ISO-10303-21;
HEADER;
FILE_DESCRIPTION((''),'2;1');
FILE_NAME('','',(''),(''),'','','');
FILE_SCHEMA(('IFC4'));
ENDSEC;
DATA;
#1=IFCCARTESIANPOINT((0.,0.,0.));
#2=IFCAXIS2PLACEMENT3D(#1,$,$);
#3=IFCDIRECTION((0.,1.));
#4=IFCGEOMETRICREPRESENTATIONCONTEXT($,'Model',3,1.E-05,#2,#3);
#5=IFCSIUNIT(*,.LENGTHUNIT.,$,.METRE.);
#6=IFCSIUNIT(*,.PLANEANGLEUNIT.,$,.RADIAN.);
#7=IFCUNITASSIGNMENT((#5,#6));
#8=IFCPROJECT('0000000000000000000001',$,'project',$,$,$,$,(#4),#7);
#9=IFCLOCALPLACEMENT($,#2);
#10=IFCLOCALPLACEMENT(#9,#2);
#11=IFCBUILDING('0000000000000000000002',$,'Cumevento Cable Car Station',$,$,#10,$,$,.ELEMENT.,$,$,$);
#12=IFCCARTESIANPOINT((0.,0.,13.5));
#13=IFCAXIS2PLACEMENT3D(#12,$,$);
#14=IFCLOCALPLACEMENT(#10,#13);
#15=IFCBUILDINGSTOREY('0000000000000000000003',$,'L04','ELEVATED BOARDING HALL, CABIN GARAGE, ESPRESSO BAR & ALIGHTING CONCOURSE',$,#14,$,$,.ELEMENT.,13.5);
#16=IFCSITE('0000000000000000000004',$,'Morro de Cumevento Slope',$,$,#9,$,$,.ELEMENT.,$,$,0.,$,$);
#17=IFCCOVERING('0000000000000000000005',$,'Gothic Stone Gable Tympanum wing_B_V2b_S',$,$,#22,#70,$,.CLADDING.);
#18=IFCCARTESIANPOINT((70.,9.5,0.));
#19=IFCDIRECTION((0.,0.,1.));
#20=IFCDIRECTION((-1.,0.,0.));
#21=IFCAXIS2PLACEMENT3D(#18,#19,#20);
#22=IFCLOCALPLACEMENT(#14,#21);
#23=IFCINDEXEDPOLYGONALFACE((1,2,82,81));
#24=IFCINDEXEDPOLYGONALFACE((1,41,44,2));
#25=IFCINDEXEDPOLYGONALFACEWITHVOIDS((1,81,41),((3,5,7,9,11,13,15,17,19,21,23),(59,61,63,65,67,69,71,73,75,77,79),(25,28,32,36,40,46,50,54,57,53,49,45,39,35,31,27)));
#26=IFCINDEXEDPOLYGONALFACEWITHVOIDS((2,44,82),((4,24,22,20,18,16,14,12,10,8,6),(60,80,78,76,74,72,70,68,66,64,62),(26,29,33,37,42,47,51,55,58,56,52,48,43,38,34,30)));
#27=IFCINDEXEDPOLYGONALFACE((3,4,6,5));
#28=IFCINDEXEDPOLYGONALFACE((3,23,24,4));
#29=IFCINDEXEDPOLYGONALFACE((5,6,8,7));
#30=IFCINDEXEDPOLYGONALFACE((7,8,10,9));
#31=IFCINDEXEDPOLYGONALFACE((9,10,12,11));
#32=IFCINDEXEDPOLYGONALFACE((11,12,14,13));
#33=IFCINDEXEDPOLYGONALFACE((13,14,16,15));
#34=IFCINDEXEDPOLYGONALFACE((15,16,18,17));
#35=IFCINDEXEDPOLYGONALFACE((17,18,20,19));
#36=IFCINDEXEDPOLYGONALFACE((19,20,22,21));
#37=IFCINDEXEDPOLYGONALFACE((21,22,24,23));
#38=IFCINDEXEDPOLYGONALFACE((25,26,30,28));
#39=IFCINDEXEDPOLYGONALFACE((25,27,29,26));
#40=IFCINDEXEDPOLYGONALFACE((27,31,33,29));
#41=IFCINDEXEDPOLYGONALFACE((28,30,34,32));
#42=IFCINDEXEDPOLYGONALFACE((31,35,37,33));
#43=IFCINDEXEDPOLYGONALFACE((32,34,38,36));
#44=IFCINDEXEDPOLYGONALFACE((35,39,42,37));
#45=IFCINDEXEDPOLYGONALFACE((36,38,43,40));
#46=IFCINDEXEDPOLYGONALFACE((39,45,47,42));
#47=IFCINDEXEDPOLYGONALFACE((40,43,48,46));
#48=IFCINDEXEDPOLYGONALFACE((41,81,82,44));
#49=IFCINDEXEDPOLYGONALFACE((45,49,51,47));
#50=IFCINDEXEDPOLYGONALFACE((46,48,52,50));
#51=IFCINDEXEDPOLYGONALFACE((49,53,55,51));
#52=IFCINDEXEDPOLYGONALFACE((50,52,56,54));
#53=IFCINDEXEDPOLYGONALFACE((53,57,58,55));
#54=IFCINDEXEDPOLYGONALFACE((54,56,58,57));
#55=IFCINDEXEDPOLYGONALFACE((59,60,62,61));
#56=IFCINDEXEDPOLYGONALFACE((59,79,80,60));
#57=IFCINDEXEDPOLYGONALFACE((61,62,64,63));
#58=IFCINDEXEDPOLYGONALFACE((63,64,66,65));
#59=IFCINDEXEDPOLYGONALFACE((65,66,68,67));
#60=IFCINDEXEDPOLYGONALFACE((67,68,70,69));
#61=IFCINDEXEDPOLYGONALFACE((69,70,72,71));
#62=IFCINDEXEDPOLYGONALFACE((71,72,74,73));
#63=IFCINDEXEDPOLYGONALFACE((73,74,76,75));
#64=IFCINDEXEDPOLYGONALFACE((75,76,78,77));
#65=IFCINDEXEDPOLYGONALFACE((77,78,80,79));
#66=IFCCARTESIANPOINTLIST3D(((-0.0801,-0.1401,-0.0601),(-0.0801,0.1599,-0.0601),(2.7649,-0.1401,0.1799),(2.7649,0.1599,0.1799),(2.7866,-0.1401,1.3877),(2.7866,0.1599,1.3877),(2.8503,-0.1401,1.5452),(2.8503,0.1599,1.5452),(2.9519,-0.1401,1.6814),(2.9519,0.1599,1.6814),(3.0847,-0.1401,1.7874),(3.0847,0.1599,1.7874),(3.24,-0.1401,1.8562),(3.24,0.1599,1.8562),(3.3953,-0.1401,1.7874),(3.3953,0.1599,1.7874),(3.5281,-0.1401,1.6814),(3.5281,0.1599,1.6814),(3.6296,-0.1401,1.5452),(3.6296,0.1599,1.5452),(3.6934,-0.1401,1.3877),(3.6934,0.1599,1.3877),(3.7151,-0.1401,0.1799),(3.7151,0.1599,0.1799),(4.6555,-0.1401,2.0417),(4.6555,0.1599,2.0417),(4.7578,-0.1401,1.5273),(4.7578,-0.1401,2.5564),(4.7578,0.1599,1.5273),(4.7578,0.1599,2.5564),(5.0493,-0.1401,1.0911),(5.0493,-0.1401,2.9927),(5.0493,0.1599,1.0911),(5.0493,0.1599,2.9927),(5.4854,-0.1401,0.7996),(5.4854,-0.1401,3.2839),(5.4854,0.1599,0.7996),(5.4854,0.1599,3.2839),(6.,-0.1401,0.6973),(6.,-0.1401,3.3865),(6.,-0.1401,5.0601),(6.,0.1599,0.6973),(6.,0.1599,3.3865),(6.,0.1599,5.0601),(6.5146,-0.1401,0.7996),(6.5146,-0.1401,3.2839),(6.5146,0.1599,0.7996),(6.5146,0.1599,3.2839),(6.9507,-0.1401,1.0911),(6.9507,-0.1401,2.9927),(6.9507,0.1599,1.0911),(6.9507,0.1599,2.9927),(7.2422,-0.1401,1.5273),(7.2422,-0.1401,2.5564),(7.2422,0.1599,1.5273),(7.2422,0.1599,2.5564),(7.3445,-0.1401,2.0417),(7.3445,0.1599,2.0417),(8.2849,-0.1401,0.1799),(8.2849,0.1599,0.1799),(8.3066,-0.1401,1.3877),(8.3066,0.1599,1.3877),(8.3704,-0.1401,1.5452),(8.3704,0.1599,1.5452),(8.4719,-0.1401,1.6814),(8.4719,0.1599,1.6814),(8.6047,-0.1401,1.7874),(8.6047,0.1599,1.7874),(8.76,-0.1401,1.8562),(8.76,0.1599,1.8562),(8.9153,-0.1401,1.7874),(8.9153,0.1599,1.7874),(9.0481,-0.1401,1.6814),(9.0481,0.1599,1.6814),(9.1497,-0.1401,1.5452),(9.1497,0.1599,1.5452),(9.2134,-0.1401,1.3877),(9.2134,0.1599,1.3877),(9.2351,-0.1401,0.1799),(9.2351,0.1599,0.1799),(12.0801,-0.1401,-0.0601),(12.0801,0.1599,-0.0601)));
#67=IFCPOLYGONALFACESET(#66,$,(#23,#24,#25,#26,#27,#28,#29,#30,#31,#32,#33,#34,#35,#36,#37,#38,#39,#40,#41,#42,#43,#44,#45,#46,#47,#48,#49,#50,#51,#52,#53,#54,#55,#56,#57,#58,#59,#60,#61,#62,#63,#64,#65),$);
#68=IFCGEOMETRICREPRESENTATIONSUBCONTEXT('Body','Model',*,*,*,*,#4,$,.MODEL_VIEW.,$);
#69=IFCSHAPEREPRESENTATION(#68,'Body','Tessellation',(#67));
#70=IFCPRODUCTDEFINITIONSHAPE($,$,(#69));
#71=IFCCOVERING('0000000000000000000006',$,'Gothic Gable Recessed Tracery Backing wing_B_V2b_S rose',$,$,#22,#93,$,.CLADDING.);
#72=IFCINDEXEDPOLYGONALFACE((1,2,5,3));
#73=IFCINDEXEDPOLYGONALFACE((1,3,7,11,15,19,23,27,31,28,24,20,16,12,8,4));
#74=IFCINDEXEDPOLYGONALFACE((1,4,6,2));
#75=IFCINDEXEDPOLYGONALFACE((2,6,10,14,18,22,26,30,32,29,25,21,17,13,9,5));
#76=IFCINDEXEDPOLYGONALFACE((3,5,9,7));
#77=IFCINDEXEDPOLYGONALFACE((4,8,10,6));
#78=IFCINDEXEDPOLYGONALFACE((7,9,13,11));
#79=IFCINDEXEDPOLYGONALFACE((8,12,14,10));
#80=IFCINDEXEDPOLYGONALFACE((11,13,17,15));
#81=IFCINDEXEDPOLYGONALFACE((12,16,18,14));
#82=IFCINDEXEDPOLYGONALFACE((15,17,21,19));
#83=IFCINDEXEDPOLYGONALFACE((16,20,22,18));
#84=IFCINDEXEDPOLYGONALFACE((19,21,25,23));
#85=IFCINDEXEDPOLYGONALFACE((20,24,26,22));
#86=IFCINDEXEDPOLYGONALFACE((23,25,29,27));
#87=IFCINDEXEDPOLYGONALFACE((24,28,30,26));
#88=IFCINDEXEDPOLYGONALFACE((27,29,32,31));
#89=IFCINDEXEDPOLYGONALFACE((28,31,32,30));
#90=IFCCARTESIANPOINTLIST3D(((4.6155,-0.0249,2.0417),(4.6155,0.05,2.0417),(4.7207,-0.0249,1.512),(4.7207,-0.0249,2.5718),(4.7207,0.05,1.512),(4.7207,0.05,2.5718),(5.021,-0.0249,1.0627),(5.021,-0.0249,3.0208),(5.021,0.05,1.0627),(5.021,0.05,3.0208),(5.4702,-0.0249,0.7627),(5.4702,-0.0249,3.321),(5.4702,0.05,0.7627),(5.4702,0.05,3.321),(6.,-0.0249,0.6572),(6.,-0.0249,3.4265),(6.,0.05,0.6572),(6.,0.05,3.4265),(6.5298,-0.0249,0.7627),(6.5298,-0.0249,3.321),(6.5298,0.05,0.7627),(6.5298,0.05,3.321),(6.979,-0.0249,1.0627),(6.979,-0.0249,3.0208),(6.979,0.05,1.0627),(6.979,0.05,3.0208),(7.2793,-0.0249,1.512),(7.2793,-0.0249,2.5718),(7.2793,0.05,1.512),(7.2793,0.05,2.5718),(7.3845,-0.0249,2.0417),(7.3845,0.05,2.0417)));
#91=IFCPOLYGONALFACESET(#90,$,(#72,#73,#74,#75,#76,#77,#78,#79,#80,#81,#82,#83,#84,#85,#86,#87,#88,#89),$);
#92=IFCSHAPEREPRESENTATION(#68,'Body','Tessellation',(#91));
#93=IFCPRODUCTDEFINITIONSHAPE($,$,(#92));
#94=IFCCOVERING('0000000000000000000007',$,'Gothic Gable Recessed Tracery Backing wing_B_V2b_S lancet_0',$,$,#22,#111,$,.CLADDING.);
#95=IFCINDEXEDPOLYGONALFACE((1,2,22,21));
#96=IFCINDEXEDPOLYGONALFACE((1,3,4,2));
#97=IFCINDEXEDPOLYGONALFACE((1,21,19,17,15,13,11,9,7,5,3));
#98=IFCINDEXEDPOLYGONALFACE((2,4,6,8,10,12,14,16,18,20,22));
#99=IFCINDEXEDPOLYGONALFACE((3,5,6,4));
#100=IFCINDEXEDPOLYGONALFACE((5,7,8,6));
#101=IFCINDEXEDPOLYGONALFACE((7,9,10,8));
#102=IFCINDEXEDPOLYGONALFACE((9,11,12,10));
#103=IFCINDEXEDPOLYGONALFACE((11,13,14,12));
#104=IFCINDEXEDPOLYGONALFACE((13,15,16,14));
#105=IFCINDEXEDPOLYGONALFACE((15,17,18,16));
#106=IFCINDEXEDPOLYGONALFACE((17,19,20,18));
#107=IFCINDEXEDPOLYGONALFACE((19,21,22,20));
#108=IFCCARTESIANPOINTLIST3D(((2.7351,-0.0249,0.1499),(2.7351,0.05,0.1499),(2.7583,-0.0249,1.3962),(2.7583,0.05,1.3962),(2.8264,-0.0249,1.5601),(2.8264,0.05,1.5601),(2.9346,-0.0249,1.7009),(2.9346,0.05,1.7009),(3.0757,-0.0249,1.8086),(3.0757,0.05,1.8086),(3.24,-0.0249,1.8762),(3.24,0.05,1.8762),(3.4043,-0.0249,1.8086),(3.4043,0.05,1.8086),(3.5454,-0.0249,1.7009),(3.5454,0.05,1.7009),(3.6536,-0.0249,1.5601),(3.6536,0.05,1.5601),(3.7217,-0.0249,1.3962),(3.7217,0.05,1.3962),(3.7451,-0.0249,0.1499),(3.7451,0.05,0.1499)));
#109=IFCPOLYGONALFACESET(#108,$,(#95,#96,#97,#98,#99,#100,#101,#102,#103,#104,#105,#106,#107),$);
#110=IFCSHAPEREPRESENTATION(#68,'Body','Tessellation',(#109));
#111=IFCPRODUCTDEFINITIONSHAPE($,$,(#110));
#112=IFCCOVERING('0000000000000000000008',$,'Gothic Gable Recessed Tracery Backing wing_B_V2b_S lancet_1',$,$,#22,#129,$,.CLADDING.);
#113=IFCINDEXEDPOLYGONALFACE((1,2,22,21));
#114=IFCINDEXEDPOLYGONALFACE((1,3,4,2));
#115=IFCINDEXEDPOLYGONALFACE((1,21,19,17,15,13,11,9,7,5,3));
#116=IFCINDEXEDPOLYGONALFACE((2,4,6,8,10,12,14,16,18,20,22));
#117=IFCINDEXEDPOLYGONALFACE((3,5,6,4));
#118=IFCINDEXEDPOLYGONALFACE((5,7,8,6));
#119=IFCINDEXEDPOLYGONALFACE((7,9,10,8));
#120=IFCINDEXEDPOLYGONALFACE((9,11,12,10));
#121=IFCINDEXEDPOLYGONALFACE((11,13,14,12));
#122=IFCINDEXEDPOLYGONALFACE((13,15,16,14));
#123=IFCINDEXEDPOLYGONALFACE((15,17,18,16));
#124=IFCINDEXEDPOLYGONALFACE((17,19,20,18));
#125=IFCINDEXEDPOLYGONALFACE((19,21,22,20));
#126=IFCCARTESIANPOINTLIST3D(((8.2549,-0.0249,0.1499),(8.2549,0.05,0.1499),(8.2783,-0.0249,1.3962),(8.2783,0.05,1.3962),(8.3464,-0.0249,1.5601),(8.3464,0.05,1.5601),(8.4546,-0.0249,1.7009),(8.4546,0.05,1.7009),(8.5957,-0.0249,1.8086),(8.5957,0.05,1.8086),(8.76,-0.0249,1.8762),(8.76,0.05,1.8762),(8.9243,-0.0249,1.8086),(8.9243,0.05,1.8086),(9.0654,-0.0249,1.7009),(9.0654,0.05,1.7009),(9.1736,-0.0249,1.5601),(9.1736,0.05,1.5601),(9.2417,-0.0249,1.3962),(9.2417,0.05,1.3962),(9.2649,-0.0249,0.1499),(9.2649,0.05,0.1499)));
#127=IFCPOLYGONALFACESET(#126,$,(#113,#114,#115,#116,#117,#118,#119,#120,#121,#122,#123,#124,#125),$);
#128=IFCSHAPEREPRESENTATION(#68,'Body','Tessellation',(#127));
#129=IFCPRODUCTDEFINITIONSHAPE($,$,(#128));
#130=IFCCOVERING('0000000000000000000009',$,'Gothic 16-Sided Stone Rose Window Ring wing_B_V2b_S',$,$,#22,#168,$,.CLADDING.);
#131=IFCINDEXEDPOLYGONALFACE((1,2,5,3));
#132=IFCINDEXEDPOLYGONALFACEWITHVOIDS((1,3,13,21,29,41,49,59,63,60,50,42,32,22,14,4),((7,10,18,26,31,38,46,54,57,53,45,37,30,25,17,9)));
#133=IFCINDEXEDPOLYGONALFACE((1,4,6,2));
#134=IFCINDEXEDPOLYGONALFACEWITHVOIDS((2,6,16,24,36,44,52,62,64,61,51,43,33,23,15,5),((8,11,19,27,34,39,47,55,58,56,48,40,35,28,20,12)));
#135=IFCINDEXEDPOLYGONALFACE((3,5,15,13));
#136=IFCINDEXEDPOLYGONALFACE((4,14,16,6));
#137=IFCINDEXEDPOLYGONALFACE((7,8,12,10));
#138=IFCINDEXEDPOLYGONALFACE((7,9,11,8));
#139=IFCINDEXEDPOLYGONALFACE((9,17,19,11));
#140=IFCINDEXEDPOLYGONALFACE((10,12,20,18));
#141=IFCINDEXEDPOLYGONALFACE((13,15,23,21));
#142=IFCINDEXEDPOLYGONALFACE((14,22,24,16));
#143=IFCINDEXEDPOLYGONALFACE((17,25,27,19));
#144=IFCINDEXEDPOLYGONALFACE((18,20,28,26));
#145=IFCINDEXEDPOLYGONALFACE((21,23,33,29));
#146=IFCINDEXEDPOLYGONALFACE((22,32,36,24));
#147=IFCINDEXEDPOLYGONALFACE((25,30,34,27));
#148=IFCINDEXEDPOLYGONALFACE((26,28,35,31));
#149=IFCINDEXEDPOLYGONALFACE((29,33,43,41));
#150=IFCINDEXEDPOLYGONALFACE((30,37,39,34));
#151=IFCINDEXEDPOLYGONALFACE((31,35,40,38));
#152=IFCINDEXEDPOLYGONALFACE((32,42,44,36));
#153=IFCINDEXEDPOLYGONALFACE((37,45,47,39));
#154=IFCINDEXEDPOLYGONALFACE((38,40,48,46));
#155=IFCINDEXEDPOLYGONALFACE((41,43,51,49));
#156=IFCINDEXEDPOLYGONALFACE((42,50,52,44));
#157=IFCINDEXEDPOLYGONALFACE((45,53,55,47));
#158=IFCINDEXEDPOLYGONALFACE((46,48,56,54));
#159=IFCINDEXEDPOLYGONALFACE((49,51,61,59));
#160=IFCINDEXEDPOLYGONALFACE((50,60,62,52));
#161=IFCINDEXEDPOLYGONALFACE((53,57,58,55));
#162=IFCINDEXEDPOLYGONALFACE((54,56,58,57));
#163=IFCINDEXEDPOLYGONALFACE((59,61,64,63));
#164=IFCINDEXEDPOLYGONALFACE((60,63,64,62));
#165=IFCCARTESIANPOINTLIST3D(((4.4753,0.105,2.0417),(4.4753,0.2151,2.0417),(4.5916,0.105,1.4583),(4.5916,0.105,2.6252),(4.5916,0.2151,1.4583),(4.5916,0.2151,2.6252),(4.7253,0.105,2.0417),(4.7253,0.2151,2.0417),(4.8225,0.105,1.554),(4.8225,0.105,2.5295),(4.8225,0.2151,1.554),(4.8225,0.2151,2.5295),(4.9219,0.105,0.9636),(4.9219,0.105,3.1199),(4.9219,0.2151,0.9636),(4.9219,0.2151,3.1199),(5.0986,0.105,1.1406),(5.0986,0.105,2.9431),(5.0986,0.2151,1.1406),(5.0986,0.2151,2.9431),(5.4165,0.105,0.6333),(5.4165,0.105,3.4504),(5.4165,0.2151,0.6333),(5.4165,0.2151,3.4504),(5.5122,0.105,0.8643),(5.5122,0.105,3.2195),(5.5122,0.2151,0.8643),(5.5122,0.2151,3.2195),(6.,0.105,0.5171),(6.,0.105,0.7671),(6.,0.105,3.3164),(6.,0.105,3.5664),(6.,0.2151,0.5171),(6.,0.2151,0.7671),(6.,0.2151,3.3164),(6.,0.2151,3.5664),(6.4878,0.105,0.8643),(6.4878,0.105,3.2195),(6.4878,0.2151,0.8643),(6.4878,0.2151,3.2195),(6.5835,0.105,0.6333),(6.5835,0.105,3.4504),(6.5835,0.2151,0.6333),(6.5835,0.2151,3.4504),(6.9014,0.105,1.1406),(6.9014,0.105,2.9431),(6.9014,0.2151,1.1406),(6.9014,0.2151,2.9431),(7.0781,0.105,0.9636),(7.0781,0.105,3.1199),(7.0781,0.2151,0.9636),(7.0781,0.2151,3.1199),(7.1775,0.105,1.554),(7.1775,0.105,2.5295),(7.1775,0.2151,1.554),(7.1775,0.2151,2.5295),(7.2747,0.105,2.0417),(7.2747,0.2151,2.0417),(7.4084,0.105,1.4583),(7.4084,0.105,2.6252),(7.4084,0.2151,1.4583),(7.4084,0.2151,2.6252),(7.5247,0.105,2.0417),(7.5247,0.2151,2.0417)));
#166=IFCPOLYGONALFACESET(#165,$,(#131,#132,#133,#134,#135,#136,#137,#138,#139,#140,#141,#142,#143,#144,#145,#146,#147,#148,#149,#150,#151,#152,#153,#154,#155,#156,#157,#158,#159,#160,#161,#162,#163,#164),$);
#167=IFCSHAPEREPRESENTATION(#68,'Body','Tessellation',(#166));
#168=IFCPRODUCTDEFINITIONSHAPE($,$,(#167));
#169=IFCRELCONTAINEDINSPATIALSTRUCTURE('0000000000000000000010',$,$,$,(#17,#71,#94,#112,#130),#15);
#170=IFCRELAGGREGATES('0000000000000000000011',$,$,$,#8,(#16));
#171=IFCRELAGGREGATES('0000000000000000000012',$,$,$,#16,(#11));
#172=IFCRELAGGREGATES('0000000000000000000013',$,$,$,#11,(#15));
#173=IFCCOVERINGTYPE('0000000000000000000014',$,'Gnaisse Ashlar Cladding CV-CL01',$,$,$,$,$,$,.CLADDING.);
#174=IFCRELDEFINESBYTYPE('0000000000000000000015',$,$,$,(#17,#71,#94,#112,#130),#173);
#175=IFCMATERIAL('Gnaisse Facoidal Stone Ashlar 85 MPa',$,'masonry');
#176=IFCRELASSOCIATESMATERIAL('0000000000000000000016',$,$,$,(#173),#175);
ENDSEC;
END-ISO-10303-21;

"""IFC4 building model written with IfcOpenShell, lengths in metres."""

from ifc_helpers import new_model, si_unit, direction, frame, origin, place, context, subcontext, project, spatial, polyline, outline, extrude, material, type_object, element, save


model = new_model("IFC4")

# Units and contexts
model_context = context("Model", 3, precision=1e-05, world=origin(), true_north=direction((0.0, 1.0)))
body_context = subcontext(model_context, "Body", "Model", "MODEL_VIEW")
ifc_project = project(units=[si_unit("LENGTHUNIT", "METRE"), si_unit("PLANEANGLEUNIT", "RADIAN")], contexts=[model_context])

# Site, building, storey
site_placement = place(None, origin())
site = spatial("IfcSite", under=ifc_project, at=site_placement, Name="Morro de Cumevento Slope", CompositionType="ELEMENT", RefElevation=0.0)
building_placement = place(site_placement, origin())
building = spatial("IfcBuilding", under=site, at=building_placement, Name="Cumevento Cable Car Station", CompositionType="ELEMENT")
storey_placement = place(building_placement, frame((0.0, 0.0, 13.5)))
storey = spatial("IfcBuildingStorey", under=building, at=storey_placement, Name="L04", Description="ELEVATED BOARDING HALL, CABIN GARAGE, ESPRESSO BAR & ALIGHTING CONCOURSE", CompositionType="ELEMENT", Elevation=13.5)

# Coverings
ifc_material_1 = material(Name="Gnaisse Facoidal Stone Ashlar 85 MPa", Category="masonry")
covering_type = type_object("IfcCoveringType", Name="Gnaisse Ashlar Cladding CV-CL01", PredefinedType="CLADDING", material=ifc_material_1)
placement = place(storey_placement, frame((70.0, 9.5, 0.0), z_axis=(0.0, 0.0, 1.0), x_axis=(-1.0, 0.0, 0.0)))
element("IfcCovering", 1, at=placement, inside=storey, type_object=covering_type, Name="Gothic Stone Gable Tympanum wing_B_V2b_S", PredefinedType="CLADDING", context=body_context, shape_type="SweptSolid", body=[
    extrude(outline(polyline([(-0.0801, -0.0601), (12.0801, -0.0601), (6.0, 5.0601), (-0.0801, -0.0601)]), holes=[polyline([(7.3445, 2.0417), (7.2422, 2.5564), (6.9507, 2.9927), (6.5146, 3.2839), (6.0, 3.3865), (5.4854, 3.2839), (5.0493, 2.9927), (4.7578, 2.5564), (4.6555, 2.0417), (4.7578, 1.5273), (5.0493, 1.0911), (5.4854, 0.7996), (6.0, 0.6973), (6.5146, 0.7996), (6.9507, 1.0911), (7.2422, 1.5273), (7.3445, 2.0417)]), polyline([(2.7649, 0.1799), (3.7151, 0.1799), (3.6934, 1.3877), (3.6296, 1.5452), (3.5281, 1.6814), (3.3953, 1.7874), (3.24, 1.8562), (3.0847, 1.7874), (2.9519, 1.6814), (2.8503, 1.5452), (2.7866, 1.3877), (2.7649, 0.1799)]), polyline([(8.2849, 0.1799), (9.2351, 0.1799), (9.2134, 1.3877), (9.1497, 1.5452), (9.0481, 1.6814), (8.9153, 1.7874), (8.76, 1.8562), (8.6047, 1.7874), (8.4719, 1.6814), (8.3704, 1.5452), (8.3066, 1.3877), (8.2849, 0.1799)])]), frame((0.0, 0.1599, 0.0), z_axis=(0.0, -1.0, 0.0), x_axis=(1.0, 0.0, 0.0)), (0.0, 0.0, 1.0), 0.3),
])
element("IfcCovering", 2, at=placement, inside=storey, type_object=covering_type, Name="Gothic Gable Recessed Tracery Backing wing_B_V2b_S rose", PredefinedType="CLADDING", context=body_context, shape_type="SweptSolid", body=[
    extrude(outline(polyline([(7.3845, 2.0417), (7.2793, 2.5718), (6.979, 3.0208), (6.5298, 3.321), (6.0, 3.4265), (5.4702, 3.321), (5.021, 3.0208), (4.7207, 2.5718), (4.6155, 2.0417), (4.7207, 1.512), (5.021, 1.0627), (5.4702, 0.7627), (6.0, 0.6572), (6.5298, 0.7627), (6.979, 1.0627), (7.2793, 1.512), (7.3845, 2.0417)])), frame((0.0, 0.05, 0.0), z_axis=(0.0, -1.0, 0.0), x_axis=(1.0, 0.0, 0.0)), (0.0, 0.0, 1.0), 0.075),
])
element("IfcCovering", 3, at=placement, inside=storey, type_object=covering_type, Name="Gothic Gable Recessed Tracery Backing wing_B_V2b_S lancet_0", PredefinedType="CLADDING", context=body_context, shape_type="SweptSolid", body=[
    extrude(outline(polyline([(2.7351, 0.1499), (3.7451, 0.1499), (3.7217, 1.3962), (3.6536, 1.5601), (3.5454, 1.7009), (3.4043, 1.8086), (3.24, 1.8762), (3.0757, 1.8086), (2.9346, 1.7009), (2.8264, 1.5601), (2.7583, 1.3962), (2.7351, 0.1499)])), frame((0.0, 0.05, 0.0), z_axis=(0.0, -1.0, 0.0), x_axis=(1.0, 0.0, 0.0)), (0.0, 0.0, 1.0), 0.075),
])
element("IfcCovering", 4, at=placement, inside=storey, type_object=covering_type, Name="Gothic Gable Recessed Tracery Backing wing_B_V2b_S lancet_1", PredefinedType="CLADDING", context=body_context, shape_type="SweptSolid", body=[
    extrude(outline(polyline([(8.2549, 0.1499), (9.2649, 0.1499), (9.2417, 1.3962), (9.1736, 1.5601), (9.0654, 1.7009), (8.9243, 1.8086), (8.76, 1.8762), (8.5957, 1.8086), (8.4546, 1.7009), (8.3464, 1.5601), (8.2783, 1.3962), (8.2549, 0.1499)])), frame((0.0, 0.05, 0.0), z_axis=(0.0, -1.0, 0.0), x_axis=(1.0, 0.0, 0.0)), (0.0, 0.0, 1.0), 0.075),
])
element("IfcCovering", 5, at=placement, inside=storey, type_object=covering_type, Name="Gothic 16-Sided Stone Rose Window Ring wing_B_V2b_S", PredefinedType="CLADDING", context=body_context, shape_type="SweptSolid", body=[
    extrude(outline(polyline([(7.5247, 2.0417), (7.4084, 2.6252), (7.0781, 3.1199), (6.5835, 3.4504), (6.0, 3.5664), (5.4165, 3.4504), (4.9219, 3.1199), (4.5916, 2.6252), (4.4753, 2.0417), (4.5916, 1.4583), (4.9219, 0.9636), (5.4165, 0.6333), (6.0, 0.5171), (6.5835, 0.6333), (7.0781, 0.9636), (7.4084, 1.4583), (7.5247, 2.0417)]), holes=[polyline([(7.2747, 2.0417), (7.1775, 2.5295), (6.9014, 2.9431), (6.4878, 3.2195), (6.0, 3.3164), (5.5122, 3.2195), (5.0986, 2.9431), (4.8225, 2.5295), (4.7253, 2.0417), (4.8225, 1.554), (5.0986, 1.1406), (5.5122, 0.8643), (6.0, 0.7671), (6.4878, 0.8643), (6.9014, 1.1406), (7.1775, 1.554), (7.2747, 2.0417)])]), frame((0.0, 0.2151, 0.0), z_axis=(0.0, -1.0, 0.0), x_axis=(1.0, 0.0, 0.0)), (0.0, 0.0, 1.0), 0.1101),
])

save(model, "model.ifc")
